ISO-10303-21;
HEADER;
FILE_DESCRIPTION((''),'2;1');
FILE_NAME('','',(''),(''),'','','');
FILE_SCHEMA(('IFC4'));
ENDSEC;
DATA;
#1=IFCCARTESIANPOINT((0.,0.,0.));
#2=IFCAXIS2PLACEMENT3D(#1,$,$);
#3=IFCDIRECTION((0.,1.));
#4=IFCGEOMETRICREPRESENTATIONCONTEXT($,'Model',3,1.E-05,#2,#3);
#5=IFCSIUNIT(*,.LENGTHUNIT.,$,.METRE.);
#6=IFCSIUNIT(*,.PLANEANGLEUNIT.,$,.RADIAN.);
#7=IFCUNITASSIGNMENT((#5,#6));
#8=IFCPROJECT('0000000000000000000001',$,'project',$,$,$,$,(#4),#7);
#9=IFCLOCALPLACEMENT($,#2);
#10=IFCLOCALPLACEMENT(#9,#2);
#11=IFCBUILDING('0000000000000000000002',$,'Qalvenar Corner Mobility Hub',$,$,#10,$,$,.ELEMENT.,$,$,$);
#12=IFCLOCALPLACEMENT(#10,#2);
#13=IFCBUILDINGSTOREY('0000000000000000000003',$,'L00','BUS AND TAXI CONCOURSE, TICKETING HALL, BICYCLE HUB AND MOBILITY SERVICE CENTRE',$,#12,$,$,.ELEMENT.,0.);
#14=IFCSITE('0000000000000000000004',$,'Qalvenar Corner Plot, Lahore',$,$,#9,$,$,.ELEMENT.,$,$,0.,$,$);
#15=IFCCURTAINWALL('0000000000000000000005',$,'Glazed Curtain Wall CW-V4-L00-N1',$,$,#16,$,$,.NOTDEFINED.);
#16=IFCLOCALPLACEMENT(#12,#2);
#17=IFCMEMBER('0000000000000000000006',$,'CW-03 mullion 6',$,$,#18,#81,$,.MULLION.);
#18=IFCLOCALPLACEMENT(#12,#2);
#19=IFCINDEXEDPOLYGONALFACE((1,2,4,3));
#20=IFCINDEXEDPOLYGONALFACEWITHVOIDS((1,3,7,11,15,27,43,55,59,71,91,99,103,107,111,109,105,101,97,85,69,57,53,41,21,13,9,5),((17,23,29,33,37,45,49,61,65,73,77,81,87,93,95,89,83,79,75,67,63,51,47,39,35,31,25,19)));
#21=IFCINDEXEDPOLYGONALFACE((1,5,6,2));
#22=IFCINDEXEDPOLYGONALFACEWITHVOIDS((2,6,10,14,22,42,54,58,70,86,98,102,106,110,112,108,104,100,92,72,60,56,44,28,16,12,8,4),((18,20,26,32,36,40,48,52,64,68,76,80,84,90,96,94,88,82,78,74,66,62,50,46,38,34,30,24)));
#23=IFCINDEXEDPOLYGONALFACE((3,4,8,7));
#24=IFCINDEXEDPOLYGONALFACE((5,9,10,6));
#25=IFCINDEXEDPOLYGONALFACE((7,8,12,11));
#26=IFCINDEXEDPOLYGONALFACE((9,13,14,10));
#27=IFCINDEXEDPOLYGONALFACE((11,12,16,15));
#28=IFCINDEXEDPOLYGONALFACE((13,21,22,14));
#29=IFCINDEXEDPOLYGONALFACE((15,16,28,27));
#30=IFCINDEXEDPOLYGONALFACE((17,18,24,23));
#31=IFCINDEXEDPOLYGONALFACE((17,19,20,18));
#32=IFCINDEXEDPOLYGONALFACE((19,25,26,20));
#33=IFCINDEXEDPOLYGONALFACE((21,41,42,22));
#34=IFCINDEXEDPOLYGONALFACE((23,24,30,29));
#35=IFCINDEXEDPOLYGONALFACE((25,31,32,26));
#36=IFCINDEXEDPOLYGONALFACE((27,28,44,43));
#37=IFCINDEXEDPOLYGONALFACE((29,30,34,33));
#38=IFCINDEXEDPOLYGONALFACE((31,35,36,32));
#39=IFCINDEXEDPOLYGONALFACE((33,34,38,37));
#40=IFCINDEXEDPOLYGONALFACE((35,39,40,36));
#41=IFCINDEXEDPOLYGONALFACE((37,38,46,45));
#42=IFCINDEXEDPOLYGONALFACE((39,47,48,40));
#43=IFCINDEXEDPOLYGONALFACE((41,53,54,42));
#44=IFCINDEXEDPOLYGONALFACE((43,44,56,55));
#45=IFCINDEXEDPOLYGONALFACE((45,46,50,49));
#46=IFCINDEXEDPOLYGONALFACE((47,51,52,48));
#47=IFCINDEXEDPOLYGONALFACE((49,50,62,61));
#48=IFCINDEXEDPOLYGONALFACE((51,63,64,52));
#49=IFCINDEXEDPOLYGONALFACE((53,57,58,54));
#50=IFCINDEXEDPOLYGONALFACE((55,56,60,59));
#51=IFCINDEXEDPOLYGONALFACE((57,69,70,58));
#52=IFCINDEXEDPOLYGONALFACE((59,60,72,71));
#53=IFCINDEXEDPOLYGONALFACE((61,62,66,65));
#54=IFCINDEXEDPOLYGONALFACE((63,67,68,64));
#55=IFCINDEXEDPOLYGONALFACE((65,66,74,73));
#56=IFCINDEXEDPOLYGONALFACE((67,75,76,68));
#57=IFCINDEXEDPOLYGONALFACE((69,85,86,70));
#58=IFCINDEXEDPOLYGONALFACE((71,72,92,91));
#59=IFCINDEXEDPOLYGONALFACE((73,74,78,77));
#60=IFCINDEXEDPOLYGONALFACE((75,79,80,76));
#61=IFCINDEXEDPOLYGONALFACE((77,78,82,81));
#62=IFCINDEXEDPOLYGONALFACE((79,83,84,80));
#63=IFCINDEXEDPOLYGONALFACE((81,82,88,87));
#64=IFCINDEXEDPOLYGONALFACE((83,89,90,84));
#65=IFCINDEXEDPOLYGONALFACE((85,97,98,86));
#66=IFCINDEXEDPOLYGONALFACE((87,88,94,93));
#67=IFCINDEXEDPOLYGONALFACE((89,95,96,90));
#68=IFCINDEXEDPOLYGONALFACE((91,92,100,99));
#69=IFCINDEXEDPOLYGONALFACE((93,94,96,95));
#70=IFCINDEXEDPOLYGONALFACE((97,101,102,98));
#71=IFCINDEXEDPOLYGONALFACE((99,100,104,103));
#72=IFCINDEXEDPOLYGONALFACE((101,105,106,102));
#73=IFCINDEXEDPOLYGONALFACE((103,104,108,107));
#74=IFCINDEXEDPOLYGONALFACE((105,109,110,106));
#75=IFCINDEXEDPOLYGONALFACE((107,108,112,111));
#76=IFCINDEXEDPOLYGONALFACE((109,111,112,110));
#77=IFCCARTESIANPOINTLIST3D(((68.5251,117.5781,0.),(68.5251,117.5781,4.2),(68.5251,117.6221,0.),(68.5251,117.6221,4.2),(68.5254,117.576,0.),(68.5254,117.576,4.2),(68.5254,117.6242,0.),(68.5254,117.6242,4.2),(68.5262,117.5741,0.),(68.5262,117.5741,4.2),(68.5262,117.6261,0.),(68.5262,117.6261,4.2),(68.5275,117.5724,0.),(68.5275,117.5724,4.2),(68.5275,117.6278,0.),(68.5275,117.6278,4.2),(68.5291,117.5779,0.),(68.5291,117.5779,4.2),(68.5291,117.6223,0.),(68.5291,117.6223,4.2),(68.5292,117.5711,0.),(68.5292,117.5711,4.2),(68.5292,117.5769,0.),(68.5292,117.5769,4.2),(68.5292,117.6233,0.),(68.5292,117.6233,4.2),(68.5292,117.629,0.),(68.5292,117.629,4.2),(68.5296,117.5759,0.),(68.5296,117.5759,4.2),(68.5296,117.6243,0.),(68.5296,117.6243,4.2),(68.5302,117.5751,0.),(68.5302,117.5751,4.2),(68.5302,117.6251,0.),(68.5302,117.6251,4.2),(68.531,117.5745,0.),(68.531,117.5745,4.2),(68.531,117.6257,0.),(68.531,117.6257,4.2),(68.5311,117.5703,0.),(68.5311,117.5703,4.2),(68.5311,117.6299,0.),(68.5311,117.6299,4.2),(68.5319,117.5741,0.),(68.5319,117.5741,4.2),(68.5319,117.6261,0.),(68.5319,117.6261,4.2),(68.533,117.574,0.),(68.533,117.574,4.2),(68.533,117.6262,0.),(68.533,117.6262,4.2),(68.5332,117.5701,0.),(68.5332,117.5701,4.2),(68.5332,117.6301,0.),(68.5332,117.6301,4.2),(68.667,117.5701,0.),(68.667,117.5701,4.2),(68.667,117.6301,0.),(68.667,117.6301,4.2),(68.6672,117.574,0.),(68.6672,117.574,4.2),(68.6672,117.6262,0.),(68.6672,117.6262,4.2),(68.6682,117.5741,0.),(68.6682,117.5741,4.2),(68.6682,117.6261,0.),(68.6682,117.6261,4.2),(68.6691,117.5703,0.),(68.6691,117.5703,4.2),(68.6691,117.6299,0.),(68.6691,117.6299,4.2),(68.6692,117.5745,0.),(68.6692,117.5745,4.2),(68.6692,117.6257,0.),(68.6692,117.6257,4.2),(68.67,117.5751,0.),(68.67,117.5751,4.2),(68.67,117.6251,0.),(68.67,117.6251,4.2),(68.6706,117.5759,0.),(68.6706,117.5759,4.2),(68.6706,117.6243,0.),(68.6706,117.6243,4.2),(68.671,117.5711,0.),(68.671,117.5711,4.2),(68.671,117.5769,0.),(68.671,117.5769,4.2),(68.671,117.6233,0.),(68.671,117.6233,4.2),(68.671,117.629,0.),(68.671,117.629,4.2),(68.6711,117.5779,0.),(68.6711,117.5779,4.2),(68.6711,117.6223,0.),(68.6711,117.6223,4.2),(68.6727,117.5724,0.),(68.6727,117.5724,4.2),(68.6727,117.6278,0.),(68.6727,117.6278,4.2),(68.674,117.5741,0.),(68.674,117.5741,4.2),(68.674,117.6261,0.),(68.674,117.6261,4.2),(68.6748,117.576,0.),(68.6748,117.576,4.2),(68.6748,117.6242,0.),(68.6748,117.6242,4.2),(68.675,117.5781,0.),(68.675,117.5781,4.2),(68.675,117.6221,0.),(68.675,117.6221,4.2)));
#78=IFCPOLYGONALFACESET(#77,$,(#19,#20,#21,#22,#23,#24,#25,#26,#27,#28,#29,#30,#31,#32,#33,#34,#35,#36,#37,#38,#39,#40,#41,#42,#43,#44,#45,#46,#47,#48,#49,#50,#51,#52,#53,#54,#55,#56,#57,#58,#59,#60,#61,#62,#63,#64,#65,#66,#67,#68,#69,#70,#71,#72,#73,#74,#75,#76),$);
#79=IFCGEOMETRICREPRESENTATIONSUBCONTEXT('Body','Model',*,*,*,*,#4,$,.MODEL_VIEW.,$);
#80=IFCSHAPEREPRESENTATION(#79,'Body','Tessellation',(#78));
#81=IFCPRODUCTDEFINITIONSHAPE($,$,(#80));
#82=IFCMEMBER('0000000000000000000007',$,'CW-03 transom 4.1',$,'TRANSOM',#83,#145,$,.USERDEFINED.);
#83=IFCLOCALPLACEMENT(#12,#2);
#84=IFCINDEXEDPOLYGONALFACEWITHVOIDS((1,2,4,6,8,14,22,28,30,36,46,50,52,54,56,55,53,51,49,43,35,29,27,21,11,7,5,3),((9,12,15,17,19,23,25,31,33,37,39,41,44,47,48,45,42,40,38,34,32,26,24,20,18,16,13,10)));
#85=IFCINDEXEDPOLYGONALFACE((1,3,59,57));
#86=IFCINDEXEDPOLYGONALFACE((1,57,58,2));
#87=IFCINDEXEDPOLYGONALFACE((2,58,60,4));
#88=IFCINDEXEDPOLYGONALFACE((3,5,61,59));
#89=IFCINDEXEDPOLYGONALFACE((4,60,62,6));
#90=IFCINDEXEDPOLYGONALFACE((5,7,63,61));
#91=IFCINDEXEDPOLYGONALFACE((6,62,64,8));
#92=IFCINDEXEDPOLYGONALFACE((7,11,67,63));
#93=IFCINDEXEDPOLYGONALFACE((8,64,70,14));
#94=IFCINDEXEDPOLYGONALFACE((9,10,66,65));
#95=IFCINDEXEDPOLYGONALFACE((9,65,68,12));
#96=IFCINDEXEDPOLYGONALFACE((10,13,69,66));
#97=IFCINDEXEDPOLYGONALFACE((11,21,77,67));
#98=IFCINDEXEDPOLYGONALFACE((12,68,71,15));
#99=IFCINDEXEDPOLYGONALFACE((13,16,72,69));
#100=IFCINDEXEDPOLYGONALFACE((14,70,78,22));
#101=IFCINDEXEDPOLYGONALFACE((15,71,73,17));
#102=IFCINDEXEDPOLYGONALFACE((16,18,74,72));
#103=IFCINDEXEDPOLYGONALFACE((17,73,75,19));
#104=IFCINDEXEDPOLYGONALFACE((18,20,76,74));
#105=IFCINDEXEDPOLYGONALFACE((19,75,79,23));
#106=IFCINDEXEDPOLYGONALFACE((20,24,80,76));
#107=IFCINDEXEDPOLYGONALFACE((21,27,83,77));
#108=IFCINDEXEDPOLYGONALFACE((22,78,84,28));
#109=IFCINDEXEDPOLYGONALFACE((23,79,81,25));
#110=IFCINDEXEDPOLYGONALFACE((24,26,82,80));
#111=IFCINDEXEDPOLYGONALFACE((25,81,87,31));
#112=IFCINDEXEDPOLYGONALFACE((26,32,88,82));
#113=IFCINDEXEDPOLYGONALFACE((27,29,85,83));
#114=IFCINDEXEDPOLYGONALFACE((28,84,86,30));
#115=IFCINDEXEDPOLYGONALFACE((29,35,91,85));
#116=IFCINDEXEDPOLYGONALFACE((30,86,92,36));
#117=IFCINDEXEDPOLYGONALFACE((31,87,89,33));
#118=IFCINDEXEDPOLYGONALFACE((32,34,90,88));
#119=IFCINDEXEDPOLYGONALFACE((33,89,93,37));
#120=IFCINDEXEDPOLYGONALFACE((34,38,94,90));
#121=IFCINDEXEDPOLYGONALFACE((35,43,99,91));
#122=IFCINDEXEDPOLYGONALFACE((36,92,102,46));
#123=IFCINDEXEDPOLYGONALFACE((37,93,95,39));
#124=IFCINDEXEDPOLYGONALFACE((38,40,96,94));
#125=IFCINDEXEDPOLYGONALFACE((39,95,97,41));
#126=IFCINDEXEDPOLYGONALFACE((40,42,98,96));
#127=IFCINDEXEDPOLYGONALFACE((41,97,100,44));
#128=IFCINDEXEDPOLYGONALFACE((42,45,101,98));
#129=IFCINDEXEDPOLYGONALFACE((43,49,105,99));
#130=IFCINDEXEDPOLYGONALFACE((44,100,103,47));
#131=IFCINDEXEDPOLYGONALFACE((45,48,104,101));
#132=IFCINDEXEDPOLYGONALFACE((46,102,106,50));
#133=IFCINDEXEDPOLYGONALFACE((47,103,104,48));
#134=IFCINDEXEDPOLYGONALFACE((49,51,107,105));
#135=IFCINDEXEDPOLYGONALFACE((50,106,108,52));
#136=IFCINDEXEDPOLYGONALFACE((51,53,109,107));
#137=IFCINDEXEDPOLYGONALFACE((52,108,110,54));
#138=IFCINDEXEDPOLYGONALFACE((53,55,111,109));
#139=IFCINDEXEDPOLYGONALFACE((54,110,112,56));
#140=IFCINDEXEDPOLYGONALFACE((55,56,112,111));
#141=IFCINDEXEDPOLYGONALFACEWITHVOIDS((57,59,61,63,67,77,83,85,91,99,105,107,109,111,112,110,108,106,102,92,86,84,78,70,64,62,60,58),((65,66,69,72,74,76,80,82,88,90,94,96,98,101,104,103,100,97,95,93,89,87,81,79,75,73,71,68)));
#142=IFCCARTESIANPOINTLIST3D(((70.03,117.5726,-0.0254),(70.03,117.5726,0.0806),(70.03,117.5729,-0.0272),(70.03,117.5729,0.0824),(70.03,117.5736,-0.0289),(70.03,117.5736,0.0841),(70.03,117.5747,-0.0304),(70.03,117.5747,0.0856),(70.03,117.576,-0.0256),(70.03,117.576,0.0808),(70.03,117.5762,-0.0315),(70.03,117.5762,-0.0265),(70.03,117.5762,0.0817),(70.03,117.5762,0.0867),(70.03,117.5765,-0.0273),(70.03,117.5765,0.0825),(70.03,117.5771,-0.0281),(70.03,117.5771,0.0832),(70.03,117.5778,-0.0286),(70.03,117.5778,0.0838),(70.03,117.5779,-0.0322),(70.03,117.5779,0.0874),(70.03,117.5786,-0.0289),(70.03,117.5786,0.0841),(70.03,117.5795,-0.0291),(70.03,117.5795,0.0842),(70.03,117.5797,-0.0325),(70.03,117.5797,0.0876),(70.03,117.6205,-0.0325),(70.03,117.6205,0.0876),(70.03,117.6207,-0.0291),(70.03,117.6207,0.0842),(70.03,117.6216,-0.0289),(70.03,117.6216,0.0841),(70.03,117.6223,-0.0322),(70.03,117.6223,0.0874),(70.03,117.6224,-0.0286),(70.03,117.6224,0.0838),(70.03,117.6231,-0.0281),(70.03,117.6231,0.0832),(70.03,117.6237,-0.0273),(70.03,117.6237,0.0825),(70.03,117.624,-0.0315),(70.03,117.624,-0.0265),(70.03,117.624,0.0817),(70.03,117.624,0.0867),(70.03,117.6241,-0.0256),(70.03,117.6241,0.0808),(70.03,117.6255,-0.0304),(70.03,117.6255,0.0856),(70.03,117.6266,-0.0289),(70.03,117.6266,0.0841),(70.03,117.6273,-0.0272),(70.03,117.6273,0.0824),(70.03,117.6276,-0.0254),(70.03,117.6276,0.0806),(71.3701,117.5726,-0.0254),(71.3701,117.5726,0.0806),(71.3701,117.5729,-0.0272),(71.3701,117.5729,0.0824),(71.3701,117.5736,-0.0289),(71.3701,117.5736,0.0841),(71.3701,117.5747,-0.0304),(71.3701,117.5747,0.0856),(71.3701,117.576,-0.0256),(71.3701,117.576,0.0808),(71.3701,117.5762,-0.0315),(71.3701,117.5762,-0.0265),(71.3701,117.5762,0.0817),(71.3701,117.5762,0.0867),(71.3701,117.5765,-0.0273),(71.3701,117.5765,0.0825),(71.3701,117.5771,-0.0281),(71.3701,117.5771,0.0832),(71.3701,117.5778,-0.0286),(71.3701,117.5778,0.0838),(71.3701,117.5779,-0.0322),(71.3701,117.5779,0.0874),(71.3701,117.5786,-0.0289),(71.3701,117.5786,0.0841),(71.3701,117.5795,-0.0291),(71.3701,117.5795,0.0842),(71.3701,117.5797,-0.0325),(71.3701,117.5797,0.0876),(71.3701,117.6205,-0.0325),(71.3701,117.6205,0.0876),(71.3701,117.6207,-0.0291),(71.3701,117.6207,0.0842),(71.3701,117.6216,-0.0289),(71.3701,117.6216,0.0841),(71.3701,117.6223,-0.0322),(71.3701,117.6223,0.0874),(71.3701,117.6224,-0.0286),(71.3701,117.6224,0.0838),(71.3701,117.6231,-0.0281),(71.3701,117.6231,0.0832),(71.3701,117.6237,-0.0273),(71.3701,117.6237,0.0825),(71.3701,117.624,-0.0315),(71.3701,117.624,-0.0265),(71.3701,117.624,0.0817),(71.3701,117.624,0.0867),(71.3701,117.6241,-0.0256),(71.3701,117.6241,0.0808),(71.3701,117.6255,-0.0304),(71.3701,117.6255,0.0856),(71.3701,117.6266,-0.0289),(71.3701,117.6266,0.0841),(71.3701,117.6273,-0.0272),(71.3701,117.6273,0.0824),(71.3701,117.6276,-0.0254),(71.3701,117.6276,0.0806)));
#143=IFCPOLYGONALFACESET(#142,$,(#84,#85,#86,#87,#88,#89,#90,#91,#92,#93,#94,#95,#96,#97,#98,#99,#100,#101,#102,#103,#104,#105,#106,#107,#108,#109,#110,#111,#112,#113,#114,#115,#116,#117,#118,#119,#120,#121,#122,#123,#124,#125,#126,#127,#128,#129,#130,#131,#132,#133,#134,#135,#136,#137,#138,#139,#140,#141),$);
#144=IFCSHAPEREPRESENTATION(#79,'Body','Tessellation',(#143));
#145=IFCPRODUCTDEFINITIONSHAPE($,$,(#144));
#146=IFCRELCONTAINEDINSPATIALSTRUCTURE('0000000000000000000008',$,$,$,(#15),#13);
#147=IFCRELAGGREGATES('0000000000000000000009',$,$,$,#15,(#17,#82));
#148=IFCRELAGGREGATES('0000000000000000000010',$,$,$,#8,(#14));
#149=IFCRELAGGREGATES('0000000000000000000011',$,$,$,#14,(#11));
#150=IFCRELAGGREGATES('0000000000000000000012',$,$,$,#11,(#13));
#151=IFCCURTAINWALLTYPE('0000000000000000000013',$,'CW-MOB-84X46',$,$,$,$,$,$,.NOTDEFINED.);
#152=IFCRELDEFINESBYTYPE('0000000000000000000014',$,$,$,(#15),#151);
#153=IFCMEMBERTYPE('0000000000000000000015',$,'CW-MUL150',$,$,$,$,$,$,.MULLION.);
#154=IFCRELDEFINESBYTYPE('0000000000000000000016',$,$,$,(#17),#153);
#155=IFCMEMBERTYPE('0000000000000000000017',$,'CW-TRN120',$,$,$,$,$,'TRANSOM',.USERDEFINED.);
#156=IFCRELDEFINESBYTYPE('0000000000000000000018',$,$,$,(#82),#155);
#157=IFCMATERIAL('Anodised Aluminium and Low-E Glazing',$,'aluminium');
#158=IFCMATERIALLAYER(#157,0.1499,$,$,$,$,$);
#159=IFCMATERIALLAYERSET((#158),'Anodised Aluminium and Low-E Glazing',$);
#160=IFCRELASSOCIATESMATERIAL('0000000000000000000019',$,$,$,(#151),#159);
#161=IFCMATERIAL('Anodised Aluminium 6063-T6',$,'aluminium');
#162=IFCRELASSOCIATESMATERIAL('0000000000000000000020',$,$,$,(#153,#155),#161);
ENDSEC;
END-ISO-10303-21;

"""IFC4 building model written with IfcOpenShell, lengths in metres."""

from ifc_helpers import new_model, si_unit, direction, frame, origin, origin_2d, place, context, subcontext, project, spatial, hollow_rectangle, extrude, material, layer, layer_set, material_profile, profile_set, type_object, element, aggregate, save


model = new_model("IFC4")

# Units and contexts
model_context = context("Model", 3, precision=1e-05, world=origin(), true_north=direction((0.0, 1.0)))
body_context = subcontext(model_context, "Body", "Model", "MODEL_VIEW")
ifc_project = project(units=[si_unit("LENGTHUNIT", "METRE"), si_unit("PLANEANGLEUNIT", "RADIAN")], contexts=[model_context])

# Site, building, storey
site_placement = place(None, origin())
site = spatial("IfcSite", under=ifc_project, at=site_placement, Name="Qalvenar Corner Plot, Lahore", CompositionType="ELEMENT", RefElevation=0.0)
building_placement = place(site_placement, origin())
building = spatial("IfcBuilding", under=site, at=building_placement, Name="Qalvenar Corner Mobility Hub", CompositionType="ELEMENT")
storey_placement = place(building_placement, origin())
storey = spatial("IfcBuildingStorey", under=building, at=storey_placement, Name="L00", Description="BUS AND TAXI CONCOURSE, TICKETING HALL, BICYCLE HUB AND MOBILITY SERVICE CENTRE", CompositionType="ELEMENT", Elevation=0.0)

# Curtain wall, members
ifc_material_1 = material(Name="Anodised Aluminium and Low-E Glazing", Category="aluminium")
ifc_layer_1 = layer(ifc_material_1, 0.1499)
ifc_layer_set_1 = layer_set([ifc_layer_1], Name="Anodised Aluminium and Low-E Glazing")
curtain_wall_type = type_object("IfcCurtainWallType", Name="CW-MOB-84X46", PredefinedType="NOTDEFINED", material=ifc_layer_set_1)
curtain_wall_placement = place(storey_placement, origin())
curtain_wall = element("IfcCurtainWall", 1, at=curtain_wall_placement, inside=storey, type_object=curtain_wall_type, Name="Glazed Curtain Wall CW-V4-L00-N1", PredefinedType="NOTDEFINED")
ifc_material_2 = material(Name="Anodised Aluminium 6063-T6", Category="aluminium")
ifc_material_profile_1 = material_profile(ifc_material_2, hollow_rectangle(XDim=0.0601, YDim=0.1499, WallThickness=0.0039, InnerFilletRadius=0.0039, OuterFilletRadius=0.0081, at=origin_2d()), Name="RHS150x60x4")
ifc_profile_set_1 = profile_set([ifc_material_profile_1], Name="Anodised Aluminium 6063-T6")
member_type_1 = type_object("IfcMemberType", Name="CW-MUL150", PredefinedType="MULLION", material=ifc_profile_set_1)
member_1_placement = place(storey_placement, frame((68.6001, 117.6001, 0.0), z_axis=(0.0, 0.0, 1.0), x_axis=(0.0, -1.0, 0.0)))
member_1 = element("IfcMember", 2, at=member_1_placement, type_object=member_type_1, Name="CW-03 mullion 6", PredefinedType="MULLION", context=body_context, shape_type="SweptSolid", body=[
    extrude(hollow_rectangle(XDim=0.0601, YDim=0.1499, WallThickness=0.0039, InnerFilletRadius=0.0039, OuterFilletRadius=0.0081, at=origin_2d()), origin(), (0.0, 0.0, 1.0), 4.2),
])
ifc_material_profile_2 = material_profile(ifc_material_2, hollow_rectangle(XDim=0.0549, YDim=0.1201, WallThickness=0.0034, InnerFilletRadius=0.0034, OuterFilletRadius=0.0071, at=origin_2d()), Name="RHS120x55x3.5")
ifc_profile_set_2 = profile_set([ifc_material_profile_2], Name="Anodised Aluminium 6063-T6")
member_type_2 = type_object("IfcMemberType", Name="CW-TRN120", ElementType="TRANSOM", PredefinedType="USERDEFINED", material=ifc_profile_set_2)
member_2_placement = place(storey_placement, frame((71.3701, 117.6001, 0.0276), z_axis=(-1.0, 0.0, 0.0), x_axis=(0.0, -1.0, 0.0)))
member_2 = element("IfcMember", 3, at=member_2_placement, type_object=member_type_2, Name="CW-03 transom 4.1", ObjectType="TRANSOM", PredefinedType="USERDEFINED", context=body_context, shape_type="SweptSolid", body=[
    extrude(hollow_rectangle(XDim=0.0549, YDim=0.1201, WallThickness=0.0034, InnerFilletRadius=0.0034, OuterFilletRadius=0.0071, at=origin_2d()), origin(), (0.0, 0.0, 1.0), 1.3401),
])
aggregate(curtain_wall, [member_1, member_2])

save(model, "model.ifc")
